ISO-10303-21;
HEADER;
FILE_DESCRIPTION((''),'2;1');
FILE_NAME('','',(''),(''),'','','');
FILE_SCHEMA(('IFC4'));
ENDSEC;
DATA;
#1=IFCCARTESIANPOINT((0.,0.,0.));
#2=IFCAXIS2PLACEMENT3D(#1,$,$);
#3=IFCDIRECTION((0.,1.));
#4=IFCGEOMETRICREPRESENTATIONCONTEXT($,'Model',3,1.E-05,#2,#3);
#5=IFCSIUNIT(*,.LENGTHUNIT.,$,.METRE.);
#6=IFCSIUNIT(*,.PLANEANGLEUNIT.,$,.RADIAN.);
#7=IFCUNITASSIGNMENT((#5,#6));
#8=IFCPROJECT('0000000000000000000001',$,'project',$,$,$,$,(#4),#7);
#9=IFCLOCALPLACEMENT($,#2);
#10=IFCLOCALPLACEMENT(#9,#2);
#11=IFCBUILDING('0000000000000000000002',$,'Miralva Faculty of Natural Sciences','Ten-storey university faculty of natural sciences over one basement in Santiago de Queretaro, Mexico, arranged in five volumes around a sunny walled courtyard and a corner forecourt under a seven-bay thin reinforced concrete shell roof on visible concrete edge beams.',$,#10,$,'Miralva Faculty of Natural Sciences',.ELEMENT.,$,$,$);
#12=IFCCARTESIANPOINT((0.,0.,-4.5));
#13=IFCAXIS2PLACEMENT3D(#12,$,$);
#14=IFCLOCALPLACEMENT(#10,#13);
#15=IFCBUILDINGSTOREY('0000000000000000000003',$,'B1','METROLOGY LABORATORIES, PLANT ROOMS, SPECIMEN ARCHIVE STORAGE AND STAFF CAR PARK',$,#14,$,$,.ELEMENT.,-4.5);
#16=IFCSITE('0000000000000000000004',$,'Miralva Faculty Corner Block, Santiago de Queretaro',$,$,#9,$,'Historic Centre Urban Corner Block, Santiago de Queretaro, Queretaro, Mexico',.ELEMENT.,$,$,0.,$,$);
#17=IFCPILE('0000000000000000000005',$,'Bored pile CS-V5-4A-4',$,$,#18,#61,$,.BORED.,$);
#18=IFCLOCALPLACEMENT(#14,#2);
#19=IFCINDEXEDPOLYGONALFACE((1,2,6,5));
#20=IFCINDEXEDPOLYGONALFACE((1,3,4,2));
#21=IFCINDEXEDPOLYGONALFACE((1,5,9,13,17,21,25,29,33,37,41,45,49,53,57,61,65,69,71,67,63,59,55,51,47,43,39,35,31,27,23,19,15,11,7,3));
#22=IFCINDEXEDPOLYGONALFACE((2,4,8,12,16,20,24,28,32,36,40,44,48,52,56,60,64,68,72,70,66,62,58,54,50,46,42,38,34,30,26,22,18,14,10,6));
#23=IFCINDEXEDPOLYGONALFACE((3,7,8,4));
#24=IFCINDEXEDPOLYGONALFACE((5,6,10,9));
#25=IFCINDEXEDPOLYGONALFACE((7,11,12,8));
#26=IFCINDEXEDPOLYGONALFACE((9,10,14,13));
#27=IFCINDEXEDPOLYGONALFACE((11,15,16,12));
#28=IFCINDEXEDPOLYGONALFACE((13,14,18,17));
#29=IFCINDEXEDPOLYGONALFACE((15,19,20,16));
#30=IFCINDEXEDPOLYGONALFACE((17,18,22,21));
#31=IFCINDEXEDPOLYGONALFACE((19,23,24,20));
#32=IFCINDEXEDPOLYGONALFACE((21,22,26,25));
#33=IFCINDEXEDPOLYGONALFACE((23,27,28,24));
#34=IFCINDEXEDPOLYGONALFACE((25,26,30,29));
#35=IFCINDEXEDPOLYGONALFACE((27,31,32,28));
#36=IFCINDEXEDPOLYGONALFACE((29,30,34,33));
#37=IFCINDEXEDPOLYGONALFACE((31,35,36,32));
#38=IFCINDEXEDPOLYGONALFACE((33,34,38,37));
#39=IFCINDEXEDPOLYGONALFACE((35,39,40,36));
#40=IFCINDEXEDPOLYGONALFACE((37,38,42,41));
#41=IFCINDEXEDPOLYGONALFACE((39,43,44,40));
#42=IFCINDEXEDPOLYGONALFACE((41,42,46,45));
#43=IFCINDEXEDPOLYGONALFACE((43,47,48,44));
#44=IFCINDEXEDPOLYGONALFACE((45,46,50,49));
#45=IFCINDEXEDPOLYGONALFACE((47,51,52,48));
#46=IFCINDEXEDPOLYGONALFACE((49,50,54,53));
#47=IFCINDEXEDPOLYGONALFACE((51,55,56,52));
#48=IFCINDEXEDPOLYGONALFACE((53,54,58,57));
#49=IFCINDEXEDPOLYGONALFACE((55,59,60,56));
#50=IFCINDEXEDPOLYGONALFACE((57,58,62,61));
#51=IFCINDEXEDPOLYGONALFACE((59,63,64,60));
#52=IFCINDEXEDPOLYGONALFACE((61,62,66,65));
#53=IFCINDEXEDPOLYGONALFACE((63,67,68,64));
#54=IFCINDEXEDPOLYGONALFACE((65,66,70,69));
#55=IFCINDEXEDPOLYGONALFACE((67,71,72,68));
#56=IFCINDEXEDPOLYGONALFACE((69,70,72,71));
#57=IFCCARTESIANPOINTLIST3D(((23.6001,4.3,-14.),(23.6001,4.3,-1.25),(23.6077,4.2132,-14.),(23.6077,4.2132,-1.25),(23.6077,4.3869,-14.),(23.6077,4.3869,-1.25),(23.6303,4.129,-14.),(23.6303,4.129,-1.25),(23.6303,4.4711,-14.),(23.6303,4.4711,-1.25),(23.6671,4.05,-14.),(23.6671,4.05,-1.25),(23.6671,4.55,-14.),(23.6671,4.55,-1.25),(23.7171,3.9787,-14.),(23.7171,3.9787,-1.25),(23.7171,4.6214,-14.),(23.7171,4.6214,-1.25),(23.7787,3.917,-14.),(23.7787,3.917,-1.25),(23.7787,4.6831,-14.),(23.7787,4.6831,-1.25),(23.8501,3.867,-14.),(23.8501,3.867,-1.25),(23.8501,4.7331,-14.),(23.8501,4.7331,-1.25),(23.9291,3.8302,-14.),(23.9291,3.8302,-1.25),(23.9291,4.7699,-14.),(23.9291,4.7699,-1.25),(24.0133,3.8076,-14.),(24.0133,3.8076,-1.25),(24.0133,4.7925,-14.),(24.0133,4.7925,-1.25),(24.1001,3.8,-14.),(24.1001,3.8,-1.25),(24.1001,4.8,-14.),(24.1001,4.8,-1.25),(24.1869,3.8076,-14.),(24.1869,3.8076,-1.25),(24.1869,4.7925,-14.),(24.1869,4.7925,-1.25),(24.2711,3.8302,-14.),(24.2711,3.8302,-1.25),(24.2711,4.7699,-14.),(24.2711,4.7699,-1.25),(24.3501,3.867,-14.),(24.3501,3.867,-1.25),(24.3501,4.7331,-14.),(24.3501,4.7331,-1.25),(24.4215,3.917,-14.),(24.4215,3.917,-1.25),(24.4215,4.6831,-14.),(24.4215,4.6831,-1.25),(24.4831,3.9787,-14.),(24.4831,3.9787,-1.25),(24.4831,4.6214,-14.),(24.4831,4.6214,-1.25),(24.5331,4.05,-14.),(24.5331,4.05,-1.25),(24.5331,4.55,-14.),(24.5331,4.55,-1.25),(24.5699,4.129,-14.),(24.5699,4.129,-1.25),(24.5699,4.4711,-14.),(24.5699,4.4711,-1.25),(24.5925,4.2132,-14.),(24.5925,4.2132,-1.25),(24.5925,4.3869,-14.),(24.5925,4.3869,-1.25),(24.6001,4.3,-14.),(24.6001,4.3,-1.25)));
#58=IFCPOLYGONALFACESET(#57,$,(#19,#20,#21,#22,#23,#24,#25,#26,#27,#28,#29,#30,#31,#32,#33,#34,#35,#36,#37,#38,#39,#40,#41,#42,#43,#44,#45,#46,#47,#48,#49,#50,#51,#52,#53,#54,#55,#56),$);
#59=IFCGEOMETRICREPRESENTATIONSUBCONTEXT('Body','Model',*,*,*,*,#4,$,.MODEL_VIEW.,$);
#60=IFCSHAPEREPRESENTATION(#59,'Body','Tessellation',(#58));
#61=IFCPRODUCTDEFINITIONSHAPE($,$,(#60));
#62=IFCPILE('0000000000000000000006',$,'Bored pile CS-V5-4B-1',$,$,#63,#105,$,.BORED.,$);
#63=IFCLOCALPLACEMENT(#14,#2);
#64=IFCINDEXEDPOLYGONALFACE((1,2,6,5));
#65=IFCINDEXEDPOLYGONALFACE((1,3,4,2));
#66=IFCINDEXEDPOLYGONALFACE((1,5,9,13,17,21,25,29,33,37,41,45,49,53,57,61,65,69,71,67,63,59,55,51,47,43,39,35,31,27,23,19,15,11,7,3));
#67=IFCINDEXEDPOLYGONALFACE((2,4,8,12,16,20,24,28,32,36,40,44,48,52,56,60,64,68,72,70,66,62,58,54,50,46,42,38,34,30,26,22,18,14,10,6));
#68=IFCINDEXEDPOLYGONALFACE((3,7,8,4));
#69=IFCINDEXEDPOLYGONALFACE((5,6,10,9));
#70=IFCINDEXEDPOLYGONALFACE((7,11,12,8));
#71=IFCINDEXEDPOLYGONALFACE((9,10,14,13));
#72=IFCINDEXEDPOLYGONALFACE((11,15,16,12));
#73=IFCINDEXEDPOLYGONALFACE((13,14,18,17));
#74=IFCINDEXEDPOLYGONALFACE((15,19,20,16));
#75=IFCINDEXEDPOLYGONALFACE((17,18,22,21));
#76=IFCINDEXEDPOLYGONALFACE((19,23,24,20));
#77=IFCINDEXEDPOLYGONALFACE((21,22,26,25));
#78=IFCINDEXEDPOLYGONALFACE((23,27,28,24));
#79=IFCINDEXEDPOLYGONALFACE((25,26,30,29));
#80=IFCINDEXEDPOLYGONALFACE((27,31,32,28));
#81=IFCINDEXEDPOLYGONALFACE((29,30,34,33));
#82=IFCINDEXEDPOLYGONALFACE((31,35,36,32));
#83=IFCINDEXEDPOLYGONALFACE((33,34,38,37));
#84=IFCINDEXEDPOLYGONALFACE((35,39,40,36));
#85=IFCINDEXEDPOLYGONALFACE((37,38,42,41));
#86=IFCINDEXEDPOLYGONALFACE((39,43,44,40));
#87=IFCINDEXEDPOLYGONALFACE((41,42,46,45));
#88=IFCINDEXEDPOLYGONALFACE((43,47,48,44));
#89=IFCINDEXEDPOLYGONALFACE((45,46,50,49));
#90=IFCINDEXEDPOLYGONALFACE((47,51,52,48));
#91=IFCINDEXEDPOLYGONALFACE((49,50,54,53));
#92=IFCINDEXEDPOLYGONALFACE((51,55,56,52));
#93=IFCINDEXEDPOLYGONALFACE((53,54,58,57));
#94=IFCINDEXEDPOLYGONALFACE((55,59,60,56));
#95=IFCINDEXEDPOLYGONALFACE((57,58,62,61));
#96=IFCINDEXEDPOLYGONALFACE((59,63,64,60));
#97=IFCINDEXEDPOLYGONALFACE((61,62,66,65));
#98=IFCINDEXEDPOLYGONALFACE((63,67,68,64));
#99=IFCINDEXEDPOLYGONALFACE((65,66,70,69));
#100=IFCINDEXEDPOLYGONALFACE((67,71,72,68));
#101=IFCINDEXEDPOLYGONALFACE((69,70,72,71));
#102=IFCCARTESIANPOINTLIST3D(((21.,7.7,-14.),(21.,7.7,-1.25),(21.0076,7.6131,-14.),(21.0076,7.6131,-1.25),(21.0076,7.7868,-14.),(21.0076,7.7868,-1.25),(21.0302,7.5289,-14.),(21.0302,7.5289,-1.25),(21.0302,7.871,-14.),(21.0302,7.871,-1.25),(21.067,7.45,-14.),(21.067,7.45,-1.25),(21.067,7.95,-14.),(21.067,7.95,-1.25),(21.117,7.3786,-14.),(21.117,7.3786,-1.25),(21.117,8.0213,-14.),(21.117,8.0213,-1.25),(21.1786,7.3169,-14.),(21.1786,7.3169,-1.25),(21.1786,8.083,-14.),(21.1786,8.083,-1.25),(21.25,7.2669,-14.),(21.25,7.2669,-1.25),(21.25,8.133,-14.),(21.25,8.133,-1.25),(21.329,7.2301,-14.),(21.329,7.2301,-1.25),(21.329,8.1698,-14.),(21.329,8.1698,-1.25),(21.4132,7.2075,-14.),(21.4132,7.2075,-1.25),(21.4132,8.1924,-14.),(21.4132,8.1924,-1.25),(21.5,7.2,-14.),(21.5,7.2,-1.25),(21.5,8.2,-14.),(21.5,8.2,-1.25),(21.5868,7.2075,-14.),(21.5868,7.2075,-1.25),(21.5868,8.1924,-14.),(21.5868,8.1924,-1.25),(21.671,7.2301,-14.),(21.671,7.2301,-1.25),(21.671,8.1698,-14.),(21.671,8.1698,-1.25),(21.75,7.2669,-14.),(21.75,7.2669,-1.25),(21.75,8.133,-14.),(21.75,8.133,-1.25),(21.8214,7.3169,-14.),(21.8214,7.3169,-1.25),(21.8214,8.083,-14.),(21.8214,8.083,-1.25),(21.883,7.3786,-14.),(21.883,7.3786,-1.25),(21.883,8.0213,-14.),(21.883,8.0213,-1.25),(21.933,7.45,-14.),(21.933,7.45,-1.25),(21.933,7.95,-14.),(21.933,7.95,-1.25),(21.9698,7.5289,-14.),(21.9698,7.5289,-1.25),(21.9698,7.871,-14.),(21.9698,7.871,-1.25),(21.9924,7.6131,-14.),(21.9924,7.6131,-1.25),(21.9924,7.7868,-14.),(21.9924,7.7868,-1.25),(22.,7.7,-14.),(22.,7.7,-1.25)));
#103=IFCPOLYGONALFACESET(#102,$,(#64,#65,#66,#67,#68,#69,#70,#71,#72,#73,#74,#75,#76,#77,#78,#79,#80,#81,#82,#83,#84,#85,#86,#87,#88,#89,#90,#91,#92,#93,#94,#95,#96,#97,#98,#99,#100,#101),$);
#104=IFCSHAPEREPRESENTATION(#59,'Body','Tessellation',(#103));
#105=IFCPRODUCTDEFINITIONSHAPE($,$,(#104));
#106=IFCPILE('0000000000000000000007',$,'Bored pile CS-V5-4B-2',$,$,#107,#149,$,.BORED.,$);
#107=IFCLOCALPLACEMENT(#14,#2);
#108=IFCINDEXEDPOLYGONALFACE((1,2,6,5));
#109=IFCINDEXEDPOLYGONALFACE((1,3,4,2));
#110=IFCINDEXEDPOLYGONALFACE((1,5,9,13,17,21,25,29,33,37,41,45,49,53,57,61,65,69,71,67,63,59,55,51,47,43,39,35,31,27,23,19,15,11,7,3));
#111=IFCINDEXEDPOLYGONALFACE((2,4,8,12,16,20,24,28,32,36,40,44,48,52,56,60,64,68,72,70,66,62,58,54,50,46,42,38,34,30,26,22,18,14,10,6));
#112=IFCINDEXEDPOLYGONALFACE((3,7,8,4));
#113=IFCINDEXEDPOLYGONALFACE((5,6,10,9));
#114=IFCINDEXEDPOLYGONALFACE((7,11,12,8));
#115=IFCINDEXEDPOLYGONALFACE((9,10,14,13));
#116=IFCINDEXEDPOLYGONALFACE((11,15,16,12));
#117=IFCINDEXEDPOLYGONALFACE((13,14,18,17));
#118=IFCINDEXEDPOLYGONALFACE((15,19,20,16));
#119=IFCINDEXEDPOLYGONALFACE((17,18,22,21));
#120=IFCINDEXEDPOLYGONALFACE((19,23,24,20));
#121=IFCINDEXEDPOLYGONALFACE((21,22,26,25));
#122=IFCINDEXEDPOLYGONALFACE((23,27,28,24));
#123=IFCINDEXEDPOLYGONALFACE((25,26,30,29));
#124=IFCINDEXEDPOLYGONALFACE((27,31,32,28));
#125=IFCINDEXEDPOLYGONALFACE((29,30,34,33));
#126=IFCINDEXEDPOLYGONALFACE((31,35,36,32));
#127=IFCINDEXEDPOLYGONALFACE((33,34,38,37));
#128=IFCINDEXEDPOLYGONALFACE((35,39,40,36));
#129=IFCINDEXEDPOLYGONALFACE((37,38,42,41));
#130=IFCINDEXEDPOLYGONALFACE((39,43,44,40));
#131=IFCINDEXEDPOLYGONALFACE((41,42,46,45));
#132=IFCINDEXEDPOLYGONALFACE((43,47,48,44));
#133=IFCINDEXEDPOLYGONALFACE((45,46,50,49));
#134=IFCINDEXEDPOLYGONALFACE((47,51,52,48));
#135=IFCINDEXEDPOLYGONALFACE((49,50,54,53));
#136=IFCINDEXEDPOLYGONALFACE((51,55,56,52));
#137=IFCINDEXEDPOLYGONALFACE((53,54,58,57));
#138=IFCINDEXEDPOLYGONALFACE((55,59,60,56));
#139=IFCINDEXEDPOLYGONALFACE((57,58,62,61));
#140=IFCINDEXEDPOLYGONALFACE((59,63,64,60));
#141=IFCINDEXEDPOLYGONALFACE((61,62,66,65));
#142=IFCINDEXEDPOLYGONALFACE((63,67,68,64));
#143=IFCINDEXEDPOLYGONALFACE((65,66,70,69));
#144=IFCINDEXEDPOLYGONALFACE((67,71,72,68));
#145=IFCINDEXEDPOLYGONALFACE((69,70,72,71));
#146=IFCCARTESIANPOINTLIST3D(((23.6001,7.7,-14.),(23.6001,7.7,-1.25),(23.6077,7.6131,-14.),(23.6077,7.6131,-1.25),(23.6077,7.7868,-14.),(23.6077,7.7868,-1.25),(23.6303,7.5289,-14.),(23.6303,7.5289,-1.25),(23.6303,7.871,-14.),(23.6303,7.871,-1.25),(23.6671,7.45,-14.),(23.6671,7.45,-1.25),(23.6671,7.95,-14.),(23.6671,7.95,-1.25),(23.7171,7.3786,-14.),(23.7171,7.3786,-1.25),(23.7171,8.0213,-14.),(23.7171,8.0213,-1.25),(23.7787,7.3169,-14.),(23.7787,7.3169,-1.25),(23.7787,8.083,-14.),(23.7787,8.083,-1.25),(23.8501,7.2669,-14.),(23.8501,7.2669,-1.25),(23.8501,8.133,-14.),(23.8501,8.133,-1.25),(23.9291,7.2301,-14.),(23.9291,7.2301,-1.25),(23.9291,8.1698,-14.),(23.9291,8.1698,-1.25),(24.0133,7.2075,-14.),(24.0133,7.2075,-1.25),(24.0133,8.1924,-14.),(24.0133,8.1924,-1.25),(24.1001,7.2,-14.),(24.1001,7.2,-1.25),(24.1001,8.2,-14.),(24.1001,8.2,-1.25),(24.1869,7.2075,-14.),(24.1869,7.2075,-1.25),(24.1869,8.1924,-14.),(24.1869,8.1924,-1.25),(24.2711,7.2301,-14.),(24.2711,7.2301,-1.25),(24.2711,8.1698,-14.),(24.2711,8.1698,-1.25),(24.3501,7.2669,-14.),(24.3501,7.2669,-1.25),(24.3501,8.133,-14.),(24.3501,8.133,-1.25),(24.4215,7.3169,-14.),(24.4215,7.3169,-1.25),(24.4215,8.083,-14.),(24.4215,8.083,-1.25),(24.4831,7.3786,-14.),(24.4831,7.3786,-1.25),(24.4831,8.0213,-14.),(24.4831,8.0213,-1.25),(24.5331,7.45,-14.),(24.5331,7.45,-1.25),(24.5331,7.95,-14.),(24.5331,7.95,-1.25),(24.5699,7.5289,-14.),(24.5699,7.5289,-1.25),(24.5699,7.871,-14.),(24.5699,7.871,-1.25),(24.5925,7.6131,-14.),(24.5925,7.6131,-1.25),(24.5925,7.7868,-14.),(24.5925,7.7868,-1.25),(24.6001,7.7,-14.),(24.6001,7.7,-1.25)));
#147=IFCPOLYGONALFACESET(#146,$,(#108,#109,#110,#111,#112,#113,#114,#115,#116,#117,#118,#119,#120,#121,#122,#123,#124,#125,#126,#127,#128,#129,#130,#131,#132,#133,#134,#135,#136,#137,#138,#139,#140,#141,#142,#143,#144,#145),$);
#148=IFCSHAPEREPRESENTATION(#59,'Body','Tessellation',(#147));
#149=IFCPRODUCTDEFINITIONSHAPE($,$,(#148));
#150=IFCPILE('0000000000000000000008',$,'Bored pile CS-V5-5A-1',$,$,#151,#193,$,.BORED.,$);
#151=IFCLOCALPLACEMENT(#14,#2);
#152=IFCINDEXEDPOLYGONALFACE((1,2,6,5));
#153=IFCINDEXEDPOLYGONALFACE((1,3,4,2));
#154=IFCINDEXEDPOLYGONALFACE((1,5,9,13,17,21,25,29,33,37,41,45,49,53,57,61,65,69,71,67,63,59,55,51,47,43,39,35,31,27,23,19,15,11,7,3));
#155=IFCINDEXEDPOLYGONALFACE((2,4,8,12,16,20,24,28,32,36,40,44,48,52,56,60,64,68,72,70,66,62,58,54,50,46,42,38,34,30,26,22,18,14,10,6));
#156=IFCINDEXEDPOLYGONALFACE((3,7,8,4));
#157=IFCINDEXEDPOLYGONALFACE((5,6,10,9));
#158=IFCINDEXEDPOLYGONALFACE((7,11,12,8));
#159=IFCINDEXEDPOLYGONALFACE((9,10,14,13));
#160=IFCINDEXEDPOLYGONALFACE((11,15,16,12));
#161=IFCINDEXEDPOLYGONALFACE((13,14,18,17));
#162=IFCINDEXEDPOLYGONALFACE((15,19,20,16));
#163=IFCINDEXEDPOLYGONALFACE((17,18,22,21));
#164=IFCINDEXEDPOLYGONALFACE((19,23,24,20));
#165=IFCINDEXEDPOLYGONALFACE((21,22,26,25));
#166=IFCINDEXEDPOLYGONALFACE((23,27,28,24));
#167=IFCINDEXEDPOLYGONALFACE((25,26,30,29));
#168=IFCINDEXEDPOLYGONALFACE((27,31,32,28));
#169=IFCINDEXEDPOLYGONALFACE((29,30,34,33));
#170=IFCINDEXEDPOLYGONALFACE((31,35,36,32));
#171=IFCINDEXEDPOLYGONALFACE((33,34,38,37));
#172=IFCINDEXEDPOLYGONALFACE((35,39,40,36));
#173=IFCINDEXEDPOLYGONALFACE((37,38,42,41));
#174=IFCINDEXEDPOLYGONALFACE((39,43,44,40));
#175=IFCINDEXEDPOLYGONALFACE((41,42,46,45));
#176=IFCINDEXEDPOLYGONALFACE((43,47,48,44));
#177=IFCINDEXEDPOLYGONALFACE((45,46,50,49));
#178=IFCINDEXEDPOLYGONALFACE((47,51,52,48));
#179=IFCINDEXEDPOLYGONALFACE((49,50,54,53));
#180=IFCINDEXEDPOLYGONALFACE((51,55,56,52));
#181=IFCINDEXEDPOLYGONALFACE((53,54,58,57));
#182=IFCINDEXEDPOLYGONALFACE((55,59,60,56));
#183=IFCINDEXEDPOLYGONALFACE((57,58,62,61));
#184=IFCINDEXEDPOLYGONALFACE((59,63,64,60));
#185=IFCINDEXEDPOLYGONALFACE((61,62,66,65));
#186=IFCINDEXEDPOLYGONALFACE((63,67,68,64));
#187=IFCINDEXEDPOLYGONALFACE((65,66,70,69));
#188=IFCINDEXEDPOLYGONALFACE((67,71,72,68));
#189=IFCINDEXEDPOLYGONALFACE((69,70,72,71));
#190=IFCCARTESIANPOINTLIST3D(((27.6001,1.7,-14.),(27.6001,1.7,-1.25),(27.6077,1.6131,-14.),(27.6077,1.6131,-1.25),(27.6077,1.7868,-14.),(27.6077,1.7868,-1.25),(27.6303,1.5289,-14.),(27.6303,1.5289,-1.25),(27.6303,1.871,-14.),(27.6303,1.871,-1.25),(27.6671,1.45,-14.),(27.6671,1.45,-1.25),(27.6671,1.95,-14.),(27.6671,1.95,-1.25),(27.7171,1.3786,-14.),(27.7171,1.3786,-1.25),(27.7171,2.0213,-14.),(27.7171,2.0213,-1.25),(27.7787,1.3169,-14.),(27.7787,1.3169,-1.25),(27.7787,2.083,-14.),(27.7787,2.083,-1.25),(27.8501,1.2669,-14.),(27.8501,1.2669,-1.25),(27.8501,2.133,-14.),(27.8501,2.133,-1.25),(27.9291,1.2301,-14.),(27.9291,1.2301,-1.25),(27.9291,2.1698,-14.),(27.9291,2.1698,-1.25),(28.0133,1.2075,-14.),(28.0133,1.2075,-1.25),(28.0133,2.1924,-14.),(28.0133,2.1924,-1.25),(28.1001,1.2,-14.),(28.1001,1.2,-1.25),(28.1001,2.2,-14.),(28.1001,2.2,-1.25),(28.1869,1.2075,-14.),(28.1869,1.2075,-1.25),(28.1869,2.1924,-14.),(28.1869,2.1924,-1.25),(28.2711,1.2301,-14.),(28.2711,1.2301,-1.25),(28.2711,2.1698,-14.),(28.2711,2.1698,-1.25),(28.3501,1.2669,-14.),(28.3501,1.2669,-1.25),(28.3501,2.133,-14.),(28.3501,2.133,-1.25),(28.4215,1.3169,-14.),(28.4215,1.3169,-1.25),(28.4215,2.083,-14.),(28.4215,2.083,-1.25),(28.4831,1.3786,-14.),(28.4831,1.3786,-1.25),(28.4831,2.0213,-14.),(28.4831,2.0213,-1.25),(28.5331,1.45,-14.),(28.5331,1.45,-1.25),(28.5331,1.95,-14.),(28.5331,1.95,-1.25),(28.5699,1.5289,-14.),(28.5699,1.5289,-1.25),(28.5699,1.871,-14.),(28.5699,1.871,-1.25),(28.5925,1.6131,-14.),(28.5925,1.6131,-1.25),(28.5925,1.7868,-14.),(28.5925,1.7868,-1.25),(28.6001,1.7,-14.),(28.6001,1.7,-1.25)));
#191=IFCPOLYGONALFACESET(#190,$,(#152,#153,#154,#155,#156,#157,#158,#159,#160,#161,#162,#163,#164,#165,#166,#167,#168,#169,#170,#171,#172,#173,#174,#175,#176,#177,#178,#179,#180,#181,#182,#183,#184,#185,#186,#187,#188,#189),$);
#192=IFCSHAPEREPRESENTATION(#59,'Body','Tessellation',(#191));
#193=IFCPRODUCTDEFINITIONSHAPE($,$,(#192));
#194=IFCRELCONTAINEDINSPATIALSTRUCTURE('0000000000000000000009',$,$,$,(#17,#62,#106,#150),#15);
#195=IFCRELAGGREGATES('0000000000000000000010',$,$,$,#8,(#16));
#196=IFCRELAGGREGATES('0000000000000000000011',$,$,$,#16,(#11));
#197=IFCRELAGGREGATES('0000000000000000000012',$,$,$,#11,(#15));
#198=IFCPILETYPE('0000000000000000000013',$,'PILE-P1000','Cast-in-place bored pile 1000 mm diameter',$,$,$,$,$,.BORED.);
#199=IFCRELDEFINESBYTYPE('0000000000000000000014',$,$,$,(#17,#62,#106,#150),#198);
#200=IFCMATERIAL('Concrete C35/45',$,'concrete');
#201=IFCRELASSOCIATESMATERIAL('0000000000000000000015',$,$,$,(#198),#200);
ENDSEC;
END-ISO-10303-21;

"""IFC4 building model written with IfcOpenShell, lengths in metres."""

from ifc_helpers import new_model, si_unit, direction, frame, origin, origin_2d, place, context, subcontext, project, spatial, circle, extrude, material, material_profile, profile_set, type_object, element, save


model = new_model("IFC4")

# Units and contexts
model_context = context("Model", 3, precision=1e-05, world=origin(), true_north=direction((0.0, 1.0)))
body_context = subcontext(model_context, "Body", "Model", "MODEL_VIEW")
ifc_project = project(units=[si_unit("LENGTHUNIT", "METRE"), si_unit("PLANEANGLEUNIT", "RADIAN")], contexts=[model_context])

# Site, building, storey
site_placement = place(None, origin())
site = spatial("IfcSite", under=ifc_project, at=site_placement, Name="Miralva Faculty Corner Block, Santiago de Queretaro", LongName="Historic Centre Urban Corner Block, Santiago de Queretaro, Queretaro, Mexico", CompositionType="ELEMENT", RefElevation=0.0)
building_placement = place(site_placement, origin())
building = spatial("IfcBuilding", under=site, at=building_placement, Name="Miralva Faculty of Natural Sciences", Description="Ten-storey university faculty of natural sciences over one basement in Santiago de Queretaro, Mexico, arranged in five volumes around a sunny walled courtyard and a corner forecourt under a seven-bay thin reinforced concrete shell roof on visible concrete edge beams.", LongName="Miralva Faculty of Natural Sciences", CompositionType="ELEMENT")
storey_placement = place(building_placement, frame((0.0, 0.0, -4.5)))
storey = spatial("IfcBuildingStorey", under=building, at=storey_placement, Name="B1", Description="METROLOGY LABORATORIES, PLANT ROOMS, SPECIMEN ARCHIVE STORAGE AND STAFF CAR PARK", CompositionType="ELEMENT", Elevation=-4.5)

# Shared definitions
ifc_material_1 = material(Name="Concrete C35/45", Category="concrete")

# Piles
ifc_material_profile_1 = material_profile(ifc_material_1, circle(Radius=0.5, at=origin_2d()), Name="BORED PILE 1000")
ifc_profile_set_1 = profile_set([ifc_material_profile_1], Name="Concrete C35/45")
pile_type = type_object("IfcPileType", Name="PILE-P1000", Description="Cast-in-place bored pile 1000 mm diameter", PredefinedType="BORED", material=ifc_profile_set_1)
for number, where, z_axis, x_axis, name in (
    (1, (24.1001, 4.3, -1.25), (0.0, 0.0, -1.0), (1.0, 0.0, 0.0), "Bored pile CS-V5-4A-4"),
    (2, (21.5, 7.7, -1.25), (0.0, 0.0, -1.0), (1.0, 0.0, 0.0), "Bored pile CS-V5-4B-1"),
    (3, (24.1001, 7.7, -1.25), (0.0, 0.0, -1.0), (1.0, 0.0, 0.0), "Bored pile CS-V5-4B-2"),
    (4, (28.1001, 1.7, -1.25), (0.0, 0.0, -1.0), (1.0, 0.0, 0.0), "Bored pile CS-V5-5A-1"),
):
    element("IfcPile", number, at=place(storey_placement, frame(where, z_axis=z_axis, x_axis=x_axis)), inside=storey, type_object=pile_type, Name=name, PredefinedType="BORED", context=body_context, shape_type="SweptSolid", body=[
        extrude(circle(Radius=0.5, at=origin_2d()), origin(), (0.0, 0.0, 1.0), 12.75),
    ])

save(model, "model.ifc")
